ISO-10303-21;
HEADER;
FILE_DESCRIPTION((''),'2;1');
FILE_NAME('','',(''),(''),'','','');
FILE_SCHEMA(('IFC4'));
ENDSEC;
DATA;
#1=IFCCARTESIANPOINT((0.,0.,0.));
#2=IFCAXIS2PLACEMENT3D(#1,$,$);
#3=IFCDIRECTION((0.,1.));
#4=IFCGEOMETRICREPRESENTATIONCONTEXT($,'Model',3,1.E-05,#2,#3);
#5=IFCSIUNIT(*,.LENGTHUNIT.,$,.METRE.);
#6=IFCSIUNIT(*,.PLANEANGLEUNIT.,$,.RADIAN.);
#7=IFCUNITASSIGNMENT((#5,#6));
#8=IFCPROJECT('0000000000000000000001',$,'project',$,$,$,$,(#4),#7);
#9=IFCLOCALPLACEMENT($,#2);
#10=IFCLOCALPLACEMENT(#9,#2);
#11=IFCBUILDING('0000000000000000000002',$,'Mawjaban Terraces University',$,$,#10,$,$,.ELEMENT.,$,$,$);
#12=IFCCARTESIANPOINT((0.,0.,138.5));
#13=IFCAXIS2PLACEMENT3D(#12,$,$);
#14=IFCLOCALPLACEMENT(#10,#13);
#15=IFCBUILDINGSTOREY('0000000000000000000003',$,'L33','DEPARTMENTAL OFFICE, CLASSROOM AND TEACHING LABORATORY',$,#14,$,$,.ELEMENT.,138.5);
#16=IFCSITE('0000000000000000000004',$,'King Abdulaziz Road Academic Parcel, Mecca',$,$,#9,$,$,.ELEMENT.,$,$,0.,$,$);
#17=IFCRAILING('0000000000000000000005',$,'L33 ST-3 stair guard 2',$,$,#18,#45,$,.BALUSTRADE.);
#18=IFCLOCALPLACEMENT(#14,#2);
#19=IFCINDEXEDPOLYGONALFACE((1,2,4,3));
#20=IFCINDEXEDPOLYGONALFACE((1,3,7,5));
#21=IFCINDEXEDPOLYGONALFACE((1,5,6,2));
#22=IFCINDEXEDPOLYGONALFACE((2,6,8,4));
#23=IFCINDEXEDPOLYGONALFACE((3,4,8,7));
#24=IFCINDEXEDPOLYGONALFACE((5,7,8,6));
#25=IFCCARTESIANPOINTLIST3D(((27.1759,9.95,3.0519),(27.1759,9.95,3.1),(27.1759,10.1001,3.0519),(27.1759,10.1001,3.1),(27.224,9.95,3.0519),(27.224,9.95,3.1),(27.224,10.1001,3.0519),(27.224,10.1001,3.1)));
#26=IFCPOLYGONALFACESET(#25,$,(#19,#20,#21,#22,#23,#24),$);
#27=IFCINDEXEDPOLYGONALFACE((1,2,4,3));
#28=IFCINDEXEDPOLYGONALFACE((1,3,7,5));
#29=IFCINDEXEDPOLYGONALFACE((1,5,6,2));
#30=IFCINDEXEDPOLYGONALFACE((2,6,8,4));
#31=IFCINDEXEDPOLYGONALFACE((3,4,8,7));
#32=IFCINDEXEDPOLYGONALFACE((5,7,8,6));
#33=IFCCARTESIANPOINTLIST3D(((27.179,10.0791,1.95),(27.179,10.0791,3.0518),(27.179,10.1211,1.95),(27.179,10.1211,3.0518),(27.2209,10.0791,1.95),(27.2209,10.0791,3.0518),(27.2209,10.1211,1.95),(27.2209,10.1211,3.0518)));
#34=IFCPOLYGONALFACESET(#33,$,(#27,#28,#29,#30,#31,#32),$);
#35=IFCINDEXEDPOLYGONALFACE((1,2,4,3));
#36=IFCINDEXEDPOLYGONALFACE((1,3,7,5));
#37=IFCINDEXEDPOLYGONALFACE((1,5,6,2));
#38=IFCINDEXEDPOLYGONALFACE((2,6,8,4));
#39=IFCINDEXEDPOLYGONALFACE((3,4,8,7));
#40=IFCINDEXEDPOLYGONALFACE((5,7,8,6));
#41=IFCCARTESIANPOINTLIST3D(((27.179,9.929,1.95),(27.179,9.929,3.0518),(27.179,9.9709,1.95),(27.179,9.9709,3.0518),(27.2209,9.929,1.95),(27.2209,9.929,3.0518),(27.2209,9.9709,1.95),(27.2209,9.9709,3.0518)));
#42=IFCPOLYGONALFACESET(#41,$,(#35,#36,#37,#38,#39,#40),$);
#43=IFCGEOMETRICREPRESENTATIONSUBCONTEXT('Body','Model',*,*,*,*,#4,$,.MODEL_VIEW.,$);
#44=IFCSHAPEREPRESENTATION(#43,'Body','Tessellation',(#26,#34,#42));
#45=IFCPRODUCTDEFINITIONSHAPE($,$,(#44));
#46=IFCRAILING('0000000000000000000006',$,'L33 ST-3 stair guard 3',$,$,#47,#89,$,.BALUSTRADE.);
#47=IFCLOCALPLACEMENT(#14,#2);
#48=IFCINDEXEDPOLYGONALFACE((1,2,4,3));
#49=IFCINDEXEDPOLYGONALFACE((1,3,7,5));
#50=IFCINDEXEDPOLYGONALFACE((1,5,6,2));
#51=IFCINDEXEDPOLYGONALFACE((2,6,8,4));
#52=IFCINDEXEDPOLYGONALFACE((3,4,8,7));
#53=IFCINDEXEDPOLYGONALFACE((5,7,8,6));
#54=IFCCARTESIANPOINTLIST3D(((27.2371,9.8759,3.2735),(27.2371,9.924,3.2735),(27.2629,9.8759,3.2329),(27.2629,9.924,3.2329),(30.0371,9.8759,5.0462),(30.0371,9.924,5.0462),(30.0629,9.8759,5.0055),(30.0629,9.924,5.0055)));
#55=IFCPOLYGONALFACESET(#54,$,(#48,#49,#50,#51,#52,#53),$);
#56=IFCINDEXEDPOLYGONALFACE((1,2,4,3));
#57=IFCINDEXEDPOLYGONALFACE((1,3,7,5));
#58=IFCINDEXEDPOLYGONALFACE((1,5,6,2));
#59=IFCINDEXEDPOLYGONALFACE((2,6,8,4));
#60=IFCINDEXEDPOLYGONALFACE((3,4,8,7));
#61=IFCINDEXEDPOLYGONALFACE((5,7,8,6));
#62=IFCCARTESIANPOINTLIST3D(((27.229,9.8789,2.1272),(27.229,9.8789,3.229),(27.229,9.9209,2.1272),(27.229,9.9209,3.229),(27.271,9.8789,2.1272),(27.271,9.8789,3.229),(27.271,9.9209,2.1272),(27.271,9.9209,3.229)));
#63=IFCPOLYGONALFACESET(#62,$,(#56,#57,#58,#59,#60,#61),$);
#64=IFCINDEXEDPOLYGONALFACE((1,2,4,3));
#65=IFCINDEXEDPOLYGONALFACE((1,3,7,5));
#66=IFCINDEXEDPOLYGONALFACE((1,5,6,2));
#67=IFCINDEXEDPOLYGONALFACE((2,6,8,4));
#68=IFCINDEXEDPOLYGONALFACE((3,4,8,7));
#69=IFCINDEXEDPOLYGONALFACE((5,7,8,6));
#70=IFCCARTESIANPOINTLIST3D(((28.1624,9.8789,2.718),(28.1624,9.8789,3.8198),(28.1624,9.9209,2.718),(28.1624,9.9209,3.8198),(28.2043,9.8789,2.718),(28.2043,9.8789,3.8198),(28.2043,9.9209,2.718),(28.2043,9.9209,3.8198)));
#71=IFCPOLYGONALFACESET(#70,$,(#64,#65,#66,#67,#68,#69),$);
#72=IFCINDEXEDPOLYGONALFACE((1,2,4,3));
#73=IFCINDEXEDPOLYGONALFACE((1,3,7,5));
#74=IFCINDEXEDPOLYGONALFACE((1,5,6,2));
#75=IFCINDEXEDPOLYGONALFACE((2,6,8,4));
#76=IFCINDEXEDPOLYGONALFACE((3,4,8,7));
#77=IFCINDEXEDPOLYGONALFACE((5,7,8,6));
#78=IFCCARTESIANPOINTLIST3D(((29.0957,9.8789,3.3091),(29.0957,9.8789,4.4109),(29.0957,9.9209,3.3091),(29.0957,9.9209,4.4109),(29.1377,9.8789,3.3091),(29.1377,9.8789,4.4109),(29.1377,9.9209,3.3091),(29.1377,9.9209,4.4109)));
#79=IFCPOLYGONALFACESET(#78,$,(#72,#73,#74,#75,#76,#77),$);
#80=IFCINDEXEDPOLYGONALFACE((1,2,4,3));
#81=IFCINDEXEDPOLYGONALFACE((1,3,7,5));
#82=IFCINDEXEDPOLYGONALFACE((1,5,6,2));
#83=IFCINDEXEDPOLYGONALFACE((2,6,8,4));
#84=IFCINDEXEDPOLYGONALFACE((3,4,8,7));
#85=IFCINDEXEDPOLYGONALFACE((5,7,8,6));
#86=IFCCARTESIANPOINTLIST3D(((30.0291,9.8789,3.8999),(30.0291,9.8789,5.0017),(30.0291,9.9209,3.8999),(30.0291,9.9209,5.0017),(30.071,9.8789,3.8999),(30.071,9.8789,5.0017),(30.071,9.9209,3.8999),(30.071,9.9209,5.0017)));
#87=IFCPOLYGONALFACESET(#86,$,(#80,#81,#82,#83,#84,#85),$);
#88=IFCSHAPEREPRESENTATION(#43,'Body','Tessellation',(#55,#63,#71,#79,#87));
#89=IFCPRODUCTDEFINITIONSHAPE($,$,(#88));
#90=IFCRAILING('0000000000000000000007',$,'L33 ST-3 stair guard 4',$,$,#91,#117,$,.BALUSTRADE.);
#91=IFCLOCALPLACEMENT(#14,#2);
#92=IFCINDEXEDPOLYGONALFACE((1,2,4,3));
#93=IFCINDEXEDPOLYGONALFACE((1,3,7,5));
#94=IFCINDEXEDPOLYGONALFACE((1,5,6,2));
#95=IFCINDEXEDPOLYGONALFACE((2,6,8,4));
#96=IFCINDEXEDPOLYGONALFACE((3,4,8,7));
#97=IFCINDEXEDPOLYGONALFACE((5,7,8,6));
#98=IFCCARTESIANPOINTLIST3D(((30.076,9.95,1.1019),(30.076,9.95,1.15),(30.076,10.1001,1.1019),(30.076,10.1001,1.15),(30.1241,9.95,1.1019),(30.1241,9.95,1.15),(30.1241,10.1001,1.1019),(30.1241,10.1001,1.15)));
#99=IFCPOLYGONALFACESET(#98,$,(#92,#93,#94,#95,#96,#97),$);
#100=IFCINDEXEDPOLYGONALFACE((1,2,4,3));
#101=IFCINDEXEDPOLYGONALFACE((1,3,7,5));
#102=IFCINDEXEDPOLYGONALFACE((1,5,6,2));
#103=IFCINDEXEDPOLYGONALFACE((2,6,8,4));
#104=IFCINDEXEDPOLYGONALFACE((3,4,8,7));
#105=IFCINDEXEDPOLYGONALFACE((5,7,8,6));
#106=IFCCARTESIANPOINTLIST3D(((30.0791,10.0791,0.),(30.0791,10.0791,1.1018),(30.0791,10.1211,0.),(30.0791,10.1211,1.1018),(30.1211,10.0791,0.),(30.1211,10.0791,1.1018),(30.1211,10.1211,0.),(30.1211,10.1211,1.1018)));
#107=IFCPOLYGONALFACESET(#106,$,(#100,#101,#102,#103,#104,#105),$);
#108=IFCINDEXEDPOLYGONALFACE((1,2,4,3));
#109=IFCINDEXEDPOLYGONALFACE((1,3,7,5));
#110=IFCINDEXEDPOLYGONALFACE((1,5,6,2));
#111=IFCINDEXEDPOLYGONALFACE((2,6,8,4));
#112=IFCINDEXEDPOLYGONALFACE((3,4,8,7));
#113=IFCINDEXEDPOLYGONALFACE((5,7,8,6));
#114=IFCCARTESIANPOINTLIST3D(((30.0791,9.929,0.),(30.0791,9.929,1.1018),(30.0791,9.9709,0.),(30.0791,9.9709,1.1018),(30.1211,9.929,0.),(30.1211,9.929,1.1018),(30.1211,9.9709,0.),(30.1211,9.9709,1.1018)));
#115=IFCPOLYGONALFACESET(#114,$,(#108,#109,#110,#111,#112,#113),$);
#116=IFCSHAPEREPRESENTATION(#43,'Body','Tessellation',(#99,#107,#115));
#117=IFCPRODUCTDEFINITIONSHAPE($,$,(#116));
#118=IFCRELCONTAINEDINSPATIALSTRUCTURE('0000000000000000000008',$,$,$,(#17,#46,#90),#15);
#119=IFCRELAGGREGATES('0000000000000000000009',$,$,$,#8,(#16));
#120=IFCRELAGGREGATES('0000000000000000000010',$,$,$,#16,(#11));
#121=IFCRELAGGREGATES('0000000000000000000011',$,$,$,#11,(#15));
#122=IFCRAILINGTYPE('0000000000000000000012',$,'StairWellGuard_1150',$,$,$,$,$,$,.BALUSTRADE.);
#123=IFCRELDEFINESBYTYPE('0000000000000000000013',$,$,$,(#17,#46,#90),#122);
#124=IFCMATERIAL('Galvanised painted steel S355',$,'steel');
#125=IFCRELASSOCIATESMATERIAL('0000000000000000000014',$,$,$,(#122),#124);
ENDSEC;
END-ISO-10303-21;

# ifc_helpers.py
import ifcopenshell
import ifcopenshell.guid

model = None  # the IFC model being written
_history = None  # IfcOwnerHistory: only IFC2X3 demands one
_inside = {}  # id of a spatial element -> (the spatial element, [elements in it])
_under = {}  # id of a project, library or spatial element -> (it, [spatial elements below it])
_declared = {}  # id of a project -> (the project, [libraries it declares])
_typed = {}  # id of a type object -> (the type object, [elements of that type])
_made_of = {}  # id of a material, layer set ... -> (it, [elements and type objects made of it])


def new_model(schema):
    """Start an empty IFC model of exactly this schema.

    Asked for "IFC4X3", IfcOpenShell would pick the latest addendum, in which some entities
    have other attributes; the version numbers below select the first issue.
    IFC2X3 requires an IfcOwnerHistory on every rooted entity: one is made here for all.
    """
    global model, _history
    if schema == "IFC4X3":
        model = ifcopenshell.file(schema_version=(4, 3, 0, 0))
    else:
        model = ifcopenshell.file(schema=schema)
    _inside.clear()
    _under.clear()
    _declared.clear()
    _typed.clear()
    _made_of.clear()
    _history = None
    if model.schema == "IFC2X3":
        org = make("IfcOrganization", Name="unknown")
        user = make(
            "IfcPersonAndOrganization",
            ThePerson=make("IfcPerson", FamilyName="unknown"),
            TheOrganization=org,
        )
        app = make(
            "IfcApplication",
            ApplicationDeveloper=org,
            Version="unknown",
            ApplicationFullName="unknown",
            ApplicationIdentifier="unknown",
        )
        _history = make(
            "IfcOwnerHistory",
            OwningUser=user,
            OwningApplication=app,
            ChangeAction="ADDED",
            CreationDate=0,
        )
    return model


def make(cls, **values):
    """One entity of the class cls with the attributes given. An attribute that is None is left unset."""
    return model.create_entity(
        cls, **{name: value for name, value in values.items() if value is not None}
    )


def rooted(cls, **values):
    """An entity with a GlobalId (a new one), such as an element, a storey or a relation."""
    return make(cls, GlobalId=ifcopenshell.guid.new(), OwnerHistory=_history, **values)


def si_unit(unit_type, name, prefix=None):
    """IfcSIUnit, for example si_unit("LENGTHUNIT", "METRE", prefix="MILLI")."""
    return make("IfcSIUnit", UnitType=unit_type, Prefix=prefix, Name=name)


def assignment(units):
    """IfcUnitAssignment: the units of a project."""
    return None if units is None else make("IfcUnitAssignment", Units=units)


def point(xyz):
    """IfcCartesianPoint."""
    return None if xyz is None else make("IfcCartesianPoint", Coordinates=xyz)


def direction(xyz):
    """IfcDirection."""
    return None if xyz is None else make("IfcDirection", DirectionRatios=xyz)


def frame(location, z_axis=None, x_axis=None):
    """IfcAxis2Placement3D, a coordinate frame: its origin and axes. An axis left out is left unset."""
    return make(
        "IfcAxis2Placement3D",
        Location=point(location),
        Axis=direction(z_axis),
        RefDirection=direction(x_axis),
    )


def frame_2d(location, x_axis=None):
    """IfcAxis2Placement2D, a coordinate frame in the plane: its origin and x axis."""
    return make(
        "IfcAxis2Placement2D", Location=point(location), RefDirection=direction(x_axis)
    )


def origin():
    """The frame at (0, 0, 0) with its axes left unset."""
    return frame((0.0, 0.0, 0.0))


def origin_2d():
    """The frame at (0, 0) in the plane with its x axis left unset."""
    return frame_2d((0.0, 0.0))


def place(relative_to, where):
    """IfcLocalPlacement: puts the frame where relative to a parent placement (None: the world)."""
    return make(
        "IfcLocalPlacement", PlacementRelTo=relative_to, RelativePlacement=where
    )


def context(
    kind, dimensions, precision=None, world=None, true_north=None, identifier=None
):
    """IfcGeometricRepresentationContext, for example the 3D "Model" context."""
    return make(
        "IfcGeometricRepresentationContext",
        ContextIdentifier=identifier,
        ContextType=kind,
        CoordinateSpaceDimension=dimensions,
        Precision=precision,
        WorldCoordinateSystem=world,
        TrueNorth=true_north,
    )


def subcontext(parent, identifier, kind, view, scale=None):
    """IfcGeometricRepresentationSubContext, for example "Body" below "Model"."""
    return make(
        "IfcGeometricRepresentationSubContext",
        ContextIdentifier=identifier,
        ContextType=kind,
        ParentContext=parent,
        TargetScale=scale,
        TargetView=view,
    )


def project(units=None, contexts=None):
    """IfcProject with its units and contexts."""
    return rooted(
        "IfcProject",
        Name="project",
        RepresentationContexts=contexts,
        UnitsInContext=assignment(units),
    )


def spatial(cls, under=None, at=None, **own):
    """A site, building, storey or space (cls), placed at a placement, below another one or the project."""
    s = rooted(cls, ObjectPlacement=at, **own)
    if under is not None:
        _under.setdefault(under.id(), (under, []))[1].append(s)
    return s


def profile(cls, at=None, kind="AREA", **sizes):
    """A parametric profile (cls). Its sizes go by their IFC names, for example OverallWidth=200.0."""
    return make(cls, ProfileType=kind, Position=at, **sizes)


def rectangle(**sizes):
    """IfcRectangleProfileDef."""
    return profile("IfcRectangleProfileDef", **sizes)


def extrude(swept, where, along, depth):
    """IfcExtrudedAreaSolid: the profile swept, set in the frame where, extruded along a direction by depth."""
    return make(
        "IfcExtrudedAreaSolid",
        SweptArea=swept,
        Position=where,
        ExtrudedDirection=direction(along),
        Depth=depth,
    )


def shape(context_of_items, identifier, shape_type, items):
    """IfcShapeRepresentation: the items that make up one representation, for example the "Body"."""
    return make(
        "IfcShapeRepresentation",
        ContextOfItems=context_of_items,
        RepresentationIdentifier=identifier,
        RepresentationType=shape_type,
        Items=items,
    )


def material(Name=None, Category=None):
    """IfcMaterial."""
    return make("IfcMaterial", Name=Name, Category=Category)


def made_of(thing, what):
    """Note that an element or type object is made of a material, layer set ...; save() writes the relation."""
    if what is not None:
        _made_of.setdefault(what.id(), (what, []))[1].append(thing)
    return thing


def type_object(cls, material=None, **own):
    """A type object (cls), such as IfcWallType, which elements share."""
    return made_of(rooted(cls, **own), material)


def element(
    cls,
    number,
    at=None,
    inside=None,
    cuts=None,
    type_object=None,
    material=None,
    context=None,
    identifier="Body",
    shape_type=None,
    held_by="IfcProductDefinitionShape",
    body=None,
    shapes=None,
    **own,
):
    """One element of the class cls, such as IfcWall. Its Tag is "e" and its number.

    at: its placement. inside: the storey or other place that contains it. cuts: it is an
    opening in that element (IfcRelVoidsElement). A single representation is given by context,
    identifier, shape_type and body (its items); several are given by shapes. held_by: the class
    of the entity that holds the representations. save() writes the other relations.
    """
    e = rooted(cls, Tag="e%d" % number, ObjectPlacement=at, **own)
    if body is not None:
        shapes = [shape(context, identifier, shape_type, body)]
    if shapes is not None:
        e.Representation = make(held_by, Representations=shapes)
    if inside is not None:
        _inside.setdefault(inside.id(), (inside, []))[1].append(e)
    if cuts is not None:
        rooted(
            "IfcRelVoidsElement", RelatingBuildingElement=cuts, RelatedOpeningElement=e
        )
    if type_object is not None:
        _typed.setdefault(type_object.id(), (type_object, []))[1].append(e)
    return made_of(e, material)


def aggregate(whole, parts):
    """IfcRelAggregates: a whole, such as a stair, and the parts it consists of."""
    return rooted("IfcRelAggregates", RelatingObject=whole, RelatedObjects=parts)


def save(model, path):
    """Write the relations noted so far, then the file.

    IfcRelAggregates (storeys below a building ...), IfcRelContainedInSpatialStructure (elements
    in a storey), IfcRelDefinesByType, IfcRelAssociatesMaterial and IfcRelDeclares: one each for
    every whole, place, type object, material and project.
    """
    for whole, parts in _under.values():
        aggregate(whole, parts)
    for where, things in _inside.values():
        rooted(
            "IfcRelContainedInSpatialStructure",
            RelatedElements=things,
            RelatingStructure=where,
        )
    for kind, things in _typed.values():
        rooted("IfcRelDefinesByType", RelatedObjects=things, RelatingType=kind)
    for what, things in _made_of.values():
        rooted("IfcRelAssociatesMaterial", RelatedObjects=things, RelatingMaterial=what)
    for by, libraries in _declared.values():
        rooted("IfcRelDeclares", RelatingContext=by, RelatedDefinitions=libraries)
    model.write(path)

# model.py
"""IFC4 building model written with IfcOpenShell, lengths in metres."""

from ifc_helpers import new_model, si_unit, direction, frame, origin, origin_2d, place, context, subcontext, project, spatial, rectangle, extrude, material, type_object, element, save


model = new_model("IFC4")

# Units and contexts
model_context = context("Model", 3, precision=1e-05, world=origin(), true_north=direction((0.0, 1.0)))
body_context = subcontext(model_context, "Body", "Model", "MODEL_VIEW")
ifc_project = project(units=[si_unit("LENGTHUNIT", "METRE"), si_unit("PLANEANGLEUNIT", "RADIAN")], contexts=[model_context])

# Site, building, storey
site_placement = place(None, origin())
site = spatial("IfcSite", under=ifc_project, at=site_placement, Name="King Abdulaziz Road Academic Parcel, Mecca", CompositionType="ELEMENT", RefElevation=0.0)
building_placement = place(site_placement, origin())
building = spatial("IfcBuilding", under=site, at=building_placement, Name="Mawjaban Terraces University", CompositionType="ELEMENT")
storey_placement = place(building_placement, frame((0.0, 0.0, 138.5)))
storey = spatial("IfcBuildingStorey", under=building, at=storey_placement, Name="L33", Description="DEPARTMENTAL OFFICE, CLASSROOM AND TEACHING LABORATORY", CompositionType="ELEMENT", Elevation=138.5)

# Railings
ifc_material_1 = material(Name="Galvanised painted steel S355", Category="steel")
railing_type_1 = type_object("IfcRailingType", Name="StairWellGuard_1150", PredefinedType="BALUSTRADE", material=ifc_material_1)
railing_1_placement = place(storey_placement, frame((27.2, 10.1001, 1.95)))
element("IfcRailing", 1, at=railing_1_placement, inside=storey, type_object=railing_type_1, Name="L33 ST-3 stair guard 2", PredefinedType="BALUSTRADE", context=body_context, shape_type="SweptSolid", body=[
    extrude(rectangle(XDim=0.0481, YDim=0.0481, at=origin_2d()), frame((0.0, 0.0, 1.126), z_axis=(0.0, -1.0, 0.0), x_axis=(1.0, 0.0, 0.0)), (0.0, 0.0, 1.0), 0.1501),
    extrude(rectangle(XDim=0.042, YDim=0.042, at=origin_2d()), origin(), (0.0, 0.0, 1.0), 1.1018),
    extrude(rectangle(XDim=0.042, YDim=0.042, at=origin_2d()), frame((0.0, -0.1501, 0.0)), (0.0, 0.0, 1.0), 1.1018),
])
railing_2_placement = place(storey_placement, frame((27.25, 9.8999, 2.1272)))
element("IfcRailing", 2, at=railing_2_placement, inside=storey, type_object=railing_type_1, Name="L33 ST-3 stair guard 3", PredefinedType="BALUSTRADE", context=body_context, shape_type="SweptSolid", body=[
    extrude(rectangle(XDim=0.0481, YDim=0.0481, at=origin_2d()), frame((0.0, 0.0, 1.126), z_axis=(0.844909, 0.0, 0.53491), x_axis=(0.0, 1.0, 0.0)), (0.0, 0.0, 1.0), 3.314),
    extrude(rectangle(XDim=0.042, YDim=0.042, at=origin_2d()), origin(), (0.0, 0.0, 1.0), 1.1018),
    extrude(rectangle(XDim=0.042, YDim=0.042, at=origin_2d()), frame((0.9333, 0.0, 0.5908)), (0.0, 0.0, 1.0), 1.1018),
    extrude(rectangle(XDim=0.042, YDim=0.042, at=origin_2d()), frame((1.8667, 0.0, 1.1819)), (0.0, 0.0, 1.0), 1.1018),
    extrude(rectangle(XDim=0.042, YDim=0.042, at=origin_2d()), frame((2.8, 0.0, 1.7727)), (0.0, 0.0, 1.0), 1.1018),
])
railing_3_placement = place(storey_placement, frame((30.1001, 10.1001, 0.0)))
element("IfcRailing", 3, at=railing_3_placement, inside=storey, type_object=railing_type_1, Name="L33 ST-3 stair guard 4", PredefinedType="BALUSTRADE", context=body_context, shape_type="SweptSolid", body=[
    extrude(rectangle(XDim=0.0481, YDim=0.0481, at=origin_2d()), frame((0.0, 0.0, 1.126), z_axis=(0.0, -1.0, 0.0), x_axis=(1.0, 0.0, 0.0)), (0.0, 0.0, 1.0), 0.1501),
    extrude(rectangle(XDim=0.042, YDim=0.042, at=origin_2d()), origin(), (0.0, 0.0, 1.0), 1.1018),
    extrude(rectangle(XDim=0.042, YDim=0.042, at=origin_2d()), frame((0.0, -0.1501, 0.0)), (0.0, 0.0, 1.0), 1.1018),
])

save(model, "model.ifc")
